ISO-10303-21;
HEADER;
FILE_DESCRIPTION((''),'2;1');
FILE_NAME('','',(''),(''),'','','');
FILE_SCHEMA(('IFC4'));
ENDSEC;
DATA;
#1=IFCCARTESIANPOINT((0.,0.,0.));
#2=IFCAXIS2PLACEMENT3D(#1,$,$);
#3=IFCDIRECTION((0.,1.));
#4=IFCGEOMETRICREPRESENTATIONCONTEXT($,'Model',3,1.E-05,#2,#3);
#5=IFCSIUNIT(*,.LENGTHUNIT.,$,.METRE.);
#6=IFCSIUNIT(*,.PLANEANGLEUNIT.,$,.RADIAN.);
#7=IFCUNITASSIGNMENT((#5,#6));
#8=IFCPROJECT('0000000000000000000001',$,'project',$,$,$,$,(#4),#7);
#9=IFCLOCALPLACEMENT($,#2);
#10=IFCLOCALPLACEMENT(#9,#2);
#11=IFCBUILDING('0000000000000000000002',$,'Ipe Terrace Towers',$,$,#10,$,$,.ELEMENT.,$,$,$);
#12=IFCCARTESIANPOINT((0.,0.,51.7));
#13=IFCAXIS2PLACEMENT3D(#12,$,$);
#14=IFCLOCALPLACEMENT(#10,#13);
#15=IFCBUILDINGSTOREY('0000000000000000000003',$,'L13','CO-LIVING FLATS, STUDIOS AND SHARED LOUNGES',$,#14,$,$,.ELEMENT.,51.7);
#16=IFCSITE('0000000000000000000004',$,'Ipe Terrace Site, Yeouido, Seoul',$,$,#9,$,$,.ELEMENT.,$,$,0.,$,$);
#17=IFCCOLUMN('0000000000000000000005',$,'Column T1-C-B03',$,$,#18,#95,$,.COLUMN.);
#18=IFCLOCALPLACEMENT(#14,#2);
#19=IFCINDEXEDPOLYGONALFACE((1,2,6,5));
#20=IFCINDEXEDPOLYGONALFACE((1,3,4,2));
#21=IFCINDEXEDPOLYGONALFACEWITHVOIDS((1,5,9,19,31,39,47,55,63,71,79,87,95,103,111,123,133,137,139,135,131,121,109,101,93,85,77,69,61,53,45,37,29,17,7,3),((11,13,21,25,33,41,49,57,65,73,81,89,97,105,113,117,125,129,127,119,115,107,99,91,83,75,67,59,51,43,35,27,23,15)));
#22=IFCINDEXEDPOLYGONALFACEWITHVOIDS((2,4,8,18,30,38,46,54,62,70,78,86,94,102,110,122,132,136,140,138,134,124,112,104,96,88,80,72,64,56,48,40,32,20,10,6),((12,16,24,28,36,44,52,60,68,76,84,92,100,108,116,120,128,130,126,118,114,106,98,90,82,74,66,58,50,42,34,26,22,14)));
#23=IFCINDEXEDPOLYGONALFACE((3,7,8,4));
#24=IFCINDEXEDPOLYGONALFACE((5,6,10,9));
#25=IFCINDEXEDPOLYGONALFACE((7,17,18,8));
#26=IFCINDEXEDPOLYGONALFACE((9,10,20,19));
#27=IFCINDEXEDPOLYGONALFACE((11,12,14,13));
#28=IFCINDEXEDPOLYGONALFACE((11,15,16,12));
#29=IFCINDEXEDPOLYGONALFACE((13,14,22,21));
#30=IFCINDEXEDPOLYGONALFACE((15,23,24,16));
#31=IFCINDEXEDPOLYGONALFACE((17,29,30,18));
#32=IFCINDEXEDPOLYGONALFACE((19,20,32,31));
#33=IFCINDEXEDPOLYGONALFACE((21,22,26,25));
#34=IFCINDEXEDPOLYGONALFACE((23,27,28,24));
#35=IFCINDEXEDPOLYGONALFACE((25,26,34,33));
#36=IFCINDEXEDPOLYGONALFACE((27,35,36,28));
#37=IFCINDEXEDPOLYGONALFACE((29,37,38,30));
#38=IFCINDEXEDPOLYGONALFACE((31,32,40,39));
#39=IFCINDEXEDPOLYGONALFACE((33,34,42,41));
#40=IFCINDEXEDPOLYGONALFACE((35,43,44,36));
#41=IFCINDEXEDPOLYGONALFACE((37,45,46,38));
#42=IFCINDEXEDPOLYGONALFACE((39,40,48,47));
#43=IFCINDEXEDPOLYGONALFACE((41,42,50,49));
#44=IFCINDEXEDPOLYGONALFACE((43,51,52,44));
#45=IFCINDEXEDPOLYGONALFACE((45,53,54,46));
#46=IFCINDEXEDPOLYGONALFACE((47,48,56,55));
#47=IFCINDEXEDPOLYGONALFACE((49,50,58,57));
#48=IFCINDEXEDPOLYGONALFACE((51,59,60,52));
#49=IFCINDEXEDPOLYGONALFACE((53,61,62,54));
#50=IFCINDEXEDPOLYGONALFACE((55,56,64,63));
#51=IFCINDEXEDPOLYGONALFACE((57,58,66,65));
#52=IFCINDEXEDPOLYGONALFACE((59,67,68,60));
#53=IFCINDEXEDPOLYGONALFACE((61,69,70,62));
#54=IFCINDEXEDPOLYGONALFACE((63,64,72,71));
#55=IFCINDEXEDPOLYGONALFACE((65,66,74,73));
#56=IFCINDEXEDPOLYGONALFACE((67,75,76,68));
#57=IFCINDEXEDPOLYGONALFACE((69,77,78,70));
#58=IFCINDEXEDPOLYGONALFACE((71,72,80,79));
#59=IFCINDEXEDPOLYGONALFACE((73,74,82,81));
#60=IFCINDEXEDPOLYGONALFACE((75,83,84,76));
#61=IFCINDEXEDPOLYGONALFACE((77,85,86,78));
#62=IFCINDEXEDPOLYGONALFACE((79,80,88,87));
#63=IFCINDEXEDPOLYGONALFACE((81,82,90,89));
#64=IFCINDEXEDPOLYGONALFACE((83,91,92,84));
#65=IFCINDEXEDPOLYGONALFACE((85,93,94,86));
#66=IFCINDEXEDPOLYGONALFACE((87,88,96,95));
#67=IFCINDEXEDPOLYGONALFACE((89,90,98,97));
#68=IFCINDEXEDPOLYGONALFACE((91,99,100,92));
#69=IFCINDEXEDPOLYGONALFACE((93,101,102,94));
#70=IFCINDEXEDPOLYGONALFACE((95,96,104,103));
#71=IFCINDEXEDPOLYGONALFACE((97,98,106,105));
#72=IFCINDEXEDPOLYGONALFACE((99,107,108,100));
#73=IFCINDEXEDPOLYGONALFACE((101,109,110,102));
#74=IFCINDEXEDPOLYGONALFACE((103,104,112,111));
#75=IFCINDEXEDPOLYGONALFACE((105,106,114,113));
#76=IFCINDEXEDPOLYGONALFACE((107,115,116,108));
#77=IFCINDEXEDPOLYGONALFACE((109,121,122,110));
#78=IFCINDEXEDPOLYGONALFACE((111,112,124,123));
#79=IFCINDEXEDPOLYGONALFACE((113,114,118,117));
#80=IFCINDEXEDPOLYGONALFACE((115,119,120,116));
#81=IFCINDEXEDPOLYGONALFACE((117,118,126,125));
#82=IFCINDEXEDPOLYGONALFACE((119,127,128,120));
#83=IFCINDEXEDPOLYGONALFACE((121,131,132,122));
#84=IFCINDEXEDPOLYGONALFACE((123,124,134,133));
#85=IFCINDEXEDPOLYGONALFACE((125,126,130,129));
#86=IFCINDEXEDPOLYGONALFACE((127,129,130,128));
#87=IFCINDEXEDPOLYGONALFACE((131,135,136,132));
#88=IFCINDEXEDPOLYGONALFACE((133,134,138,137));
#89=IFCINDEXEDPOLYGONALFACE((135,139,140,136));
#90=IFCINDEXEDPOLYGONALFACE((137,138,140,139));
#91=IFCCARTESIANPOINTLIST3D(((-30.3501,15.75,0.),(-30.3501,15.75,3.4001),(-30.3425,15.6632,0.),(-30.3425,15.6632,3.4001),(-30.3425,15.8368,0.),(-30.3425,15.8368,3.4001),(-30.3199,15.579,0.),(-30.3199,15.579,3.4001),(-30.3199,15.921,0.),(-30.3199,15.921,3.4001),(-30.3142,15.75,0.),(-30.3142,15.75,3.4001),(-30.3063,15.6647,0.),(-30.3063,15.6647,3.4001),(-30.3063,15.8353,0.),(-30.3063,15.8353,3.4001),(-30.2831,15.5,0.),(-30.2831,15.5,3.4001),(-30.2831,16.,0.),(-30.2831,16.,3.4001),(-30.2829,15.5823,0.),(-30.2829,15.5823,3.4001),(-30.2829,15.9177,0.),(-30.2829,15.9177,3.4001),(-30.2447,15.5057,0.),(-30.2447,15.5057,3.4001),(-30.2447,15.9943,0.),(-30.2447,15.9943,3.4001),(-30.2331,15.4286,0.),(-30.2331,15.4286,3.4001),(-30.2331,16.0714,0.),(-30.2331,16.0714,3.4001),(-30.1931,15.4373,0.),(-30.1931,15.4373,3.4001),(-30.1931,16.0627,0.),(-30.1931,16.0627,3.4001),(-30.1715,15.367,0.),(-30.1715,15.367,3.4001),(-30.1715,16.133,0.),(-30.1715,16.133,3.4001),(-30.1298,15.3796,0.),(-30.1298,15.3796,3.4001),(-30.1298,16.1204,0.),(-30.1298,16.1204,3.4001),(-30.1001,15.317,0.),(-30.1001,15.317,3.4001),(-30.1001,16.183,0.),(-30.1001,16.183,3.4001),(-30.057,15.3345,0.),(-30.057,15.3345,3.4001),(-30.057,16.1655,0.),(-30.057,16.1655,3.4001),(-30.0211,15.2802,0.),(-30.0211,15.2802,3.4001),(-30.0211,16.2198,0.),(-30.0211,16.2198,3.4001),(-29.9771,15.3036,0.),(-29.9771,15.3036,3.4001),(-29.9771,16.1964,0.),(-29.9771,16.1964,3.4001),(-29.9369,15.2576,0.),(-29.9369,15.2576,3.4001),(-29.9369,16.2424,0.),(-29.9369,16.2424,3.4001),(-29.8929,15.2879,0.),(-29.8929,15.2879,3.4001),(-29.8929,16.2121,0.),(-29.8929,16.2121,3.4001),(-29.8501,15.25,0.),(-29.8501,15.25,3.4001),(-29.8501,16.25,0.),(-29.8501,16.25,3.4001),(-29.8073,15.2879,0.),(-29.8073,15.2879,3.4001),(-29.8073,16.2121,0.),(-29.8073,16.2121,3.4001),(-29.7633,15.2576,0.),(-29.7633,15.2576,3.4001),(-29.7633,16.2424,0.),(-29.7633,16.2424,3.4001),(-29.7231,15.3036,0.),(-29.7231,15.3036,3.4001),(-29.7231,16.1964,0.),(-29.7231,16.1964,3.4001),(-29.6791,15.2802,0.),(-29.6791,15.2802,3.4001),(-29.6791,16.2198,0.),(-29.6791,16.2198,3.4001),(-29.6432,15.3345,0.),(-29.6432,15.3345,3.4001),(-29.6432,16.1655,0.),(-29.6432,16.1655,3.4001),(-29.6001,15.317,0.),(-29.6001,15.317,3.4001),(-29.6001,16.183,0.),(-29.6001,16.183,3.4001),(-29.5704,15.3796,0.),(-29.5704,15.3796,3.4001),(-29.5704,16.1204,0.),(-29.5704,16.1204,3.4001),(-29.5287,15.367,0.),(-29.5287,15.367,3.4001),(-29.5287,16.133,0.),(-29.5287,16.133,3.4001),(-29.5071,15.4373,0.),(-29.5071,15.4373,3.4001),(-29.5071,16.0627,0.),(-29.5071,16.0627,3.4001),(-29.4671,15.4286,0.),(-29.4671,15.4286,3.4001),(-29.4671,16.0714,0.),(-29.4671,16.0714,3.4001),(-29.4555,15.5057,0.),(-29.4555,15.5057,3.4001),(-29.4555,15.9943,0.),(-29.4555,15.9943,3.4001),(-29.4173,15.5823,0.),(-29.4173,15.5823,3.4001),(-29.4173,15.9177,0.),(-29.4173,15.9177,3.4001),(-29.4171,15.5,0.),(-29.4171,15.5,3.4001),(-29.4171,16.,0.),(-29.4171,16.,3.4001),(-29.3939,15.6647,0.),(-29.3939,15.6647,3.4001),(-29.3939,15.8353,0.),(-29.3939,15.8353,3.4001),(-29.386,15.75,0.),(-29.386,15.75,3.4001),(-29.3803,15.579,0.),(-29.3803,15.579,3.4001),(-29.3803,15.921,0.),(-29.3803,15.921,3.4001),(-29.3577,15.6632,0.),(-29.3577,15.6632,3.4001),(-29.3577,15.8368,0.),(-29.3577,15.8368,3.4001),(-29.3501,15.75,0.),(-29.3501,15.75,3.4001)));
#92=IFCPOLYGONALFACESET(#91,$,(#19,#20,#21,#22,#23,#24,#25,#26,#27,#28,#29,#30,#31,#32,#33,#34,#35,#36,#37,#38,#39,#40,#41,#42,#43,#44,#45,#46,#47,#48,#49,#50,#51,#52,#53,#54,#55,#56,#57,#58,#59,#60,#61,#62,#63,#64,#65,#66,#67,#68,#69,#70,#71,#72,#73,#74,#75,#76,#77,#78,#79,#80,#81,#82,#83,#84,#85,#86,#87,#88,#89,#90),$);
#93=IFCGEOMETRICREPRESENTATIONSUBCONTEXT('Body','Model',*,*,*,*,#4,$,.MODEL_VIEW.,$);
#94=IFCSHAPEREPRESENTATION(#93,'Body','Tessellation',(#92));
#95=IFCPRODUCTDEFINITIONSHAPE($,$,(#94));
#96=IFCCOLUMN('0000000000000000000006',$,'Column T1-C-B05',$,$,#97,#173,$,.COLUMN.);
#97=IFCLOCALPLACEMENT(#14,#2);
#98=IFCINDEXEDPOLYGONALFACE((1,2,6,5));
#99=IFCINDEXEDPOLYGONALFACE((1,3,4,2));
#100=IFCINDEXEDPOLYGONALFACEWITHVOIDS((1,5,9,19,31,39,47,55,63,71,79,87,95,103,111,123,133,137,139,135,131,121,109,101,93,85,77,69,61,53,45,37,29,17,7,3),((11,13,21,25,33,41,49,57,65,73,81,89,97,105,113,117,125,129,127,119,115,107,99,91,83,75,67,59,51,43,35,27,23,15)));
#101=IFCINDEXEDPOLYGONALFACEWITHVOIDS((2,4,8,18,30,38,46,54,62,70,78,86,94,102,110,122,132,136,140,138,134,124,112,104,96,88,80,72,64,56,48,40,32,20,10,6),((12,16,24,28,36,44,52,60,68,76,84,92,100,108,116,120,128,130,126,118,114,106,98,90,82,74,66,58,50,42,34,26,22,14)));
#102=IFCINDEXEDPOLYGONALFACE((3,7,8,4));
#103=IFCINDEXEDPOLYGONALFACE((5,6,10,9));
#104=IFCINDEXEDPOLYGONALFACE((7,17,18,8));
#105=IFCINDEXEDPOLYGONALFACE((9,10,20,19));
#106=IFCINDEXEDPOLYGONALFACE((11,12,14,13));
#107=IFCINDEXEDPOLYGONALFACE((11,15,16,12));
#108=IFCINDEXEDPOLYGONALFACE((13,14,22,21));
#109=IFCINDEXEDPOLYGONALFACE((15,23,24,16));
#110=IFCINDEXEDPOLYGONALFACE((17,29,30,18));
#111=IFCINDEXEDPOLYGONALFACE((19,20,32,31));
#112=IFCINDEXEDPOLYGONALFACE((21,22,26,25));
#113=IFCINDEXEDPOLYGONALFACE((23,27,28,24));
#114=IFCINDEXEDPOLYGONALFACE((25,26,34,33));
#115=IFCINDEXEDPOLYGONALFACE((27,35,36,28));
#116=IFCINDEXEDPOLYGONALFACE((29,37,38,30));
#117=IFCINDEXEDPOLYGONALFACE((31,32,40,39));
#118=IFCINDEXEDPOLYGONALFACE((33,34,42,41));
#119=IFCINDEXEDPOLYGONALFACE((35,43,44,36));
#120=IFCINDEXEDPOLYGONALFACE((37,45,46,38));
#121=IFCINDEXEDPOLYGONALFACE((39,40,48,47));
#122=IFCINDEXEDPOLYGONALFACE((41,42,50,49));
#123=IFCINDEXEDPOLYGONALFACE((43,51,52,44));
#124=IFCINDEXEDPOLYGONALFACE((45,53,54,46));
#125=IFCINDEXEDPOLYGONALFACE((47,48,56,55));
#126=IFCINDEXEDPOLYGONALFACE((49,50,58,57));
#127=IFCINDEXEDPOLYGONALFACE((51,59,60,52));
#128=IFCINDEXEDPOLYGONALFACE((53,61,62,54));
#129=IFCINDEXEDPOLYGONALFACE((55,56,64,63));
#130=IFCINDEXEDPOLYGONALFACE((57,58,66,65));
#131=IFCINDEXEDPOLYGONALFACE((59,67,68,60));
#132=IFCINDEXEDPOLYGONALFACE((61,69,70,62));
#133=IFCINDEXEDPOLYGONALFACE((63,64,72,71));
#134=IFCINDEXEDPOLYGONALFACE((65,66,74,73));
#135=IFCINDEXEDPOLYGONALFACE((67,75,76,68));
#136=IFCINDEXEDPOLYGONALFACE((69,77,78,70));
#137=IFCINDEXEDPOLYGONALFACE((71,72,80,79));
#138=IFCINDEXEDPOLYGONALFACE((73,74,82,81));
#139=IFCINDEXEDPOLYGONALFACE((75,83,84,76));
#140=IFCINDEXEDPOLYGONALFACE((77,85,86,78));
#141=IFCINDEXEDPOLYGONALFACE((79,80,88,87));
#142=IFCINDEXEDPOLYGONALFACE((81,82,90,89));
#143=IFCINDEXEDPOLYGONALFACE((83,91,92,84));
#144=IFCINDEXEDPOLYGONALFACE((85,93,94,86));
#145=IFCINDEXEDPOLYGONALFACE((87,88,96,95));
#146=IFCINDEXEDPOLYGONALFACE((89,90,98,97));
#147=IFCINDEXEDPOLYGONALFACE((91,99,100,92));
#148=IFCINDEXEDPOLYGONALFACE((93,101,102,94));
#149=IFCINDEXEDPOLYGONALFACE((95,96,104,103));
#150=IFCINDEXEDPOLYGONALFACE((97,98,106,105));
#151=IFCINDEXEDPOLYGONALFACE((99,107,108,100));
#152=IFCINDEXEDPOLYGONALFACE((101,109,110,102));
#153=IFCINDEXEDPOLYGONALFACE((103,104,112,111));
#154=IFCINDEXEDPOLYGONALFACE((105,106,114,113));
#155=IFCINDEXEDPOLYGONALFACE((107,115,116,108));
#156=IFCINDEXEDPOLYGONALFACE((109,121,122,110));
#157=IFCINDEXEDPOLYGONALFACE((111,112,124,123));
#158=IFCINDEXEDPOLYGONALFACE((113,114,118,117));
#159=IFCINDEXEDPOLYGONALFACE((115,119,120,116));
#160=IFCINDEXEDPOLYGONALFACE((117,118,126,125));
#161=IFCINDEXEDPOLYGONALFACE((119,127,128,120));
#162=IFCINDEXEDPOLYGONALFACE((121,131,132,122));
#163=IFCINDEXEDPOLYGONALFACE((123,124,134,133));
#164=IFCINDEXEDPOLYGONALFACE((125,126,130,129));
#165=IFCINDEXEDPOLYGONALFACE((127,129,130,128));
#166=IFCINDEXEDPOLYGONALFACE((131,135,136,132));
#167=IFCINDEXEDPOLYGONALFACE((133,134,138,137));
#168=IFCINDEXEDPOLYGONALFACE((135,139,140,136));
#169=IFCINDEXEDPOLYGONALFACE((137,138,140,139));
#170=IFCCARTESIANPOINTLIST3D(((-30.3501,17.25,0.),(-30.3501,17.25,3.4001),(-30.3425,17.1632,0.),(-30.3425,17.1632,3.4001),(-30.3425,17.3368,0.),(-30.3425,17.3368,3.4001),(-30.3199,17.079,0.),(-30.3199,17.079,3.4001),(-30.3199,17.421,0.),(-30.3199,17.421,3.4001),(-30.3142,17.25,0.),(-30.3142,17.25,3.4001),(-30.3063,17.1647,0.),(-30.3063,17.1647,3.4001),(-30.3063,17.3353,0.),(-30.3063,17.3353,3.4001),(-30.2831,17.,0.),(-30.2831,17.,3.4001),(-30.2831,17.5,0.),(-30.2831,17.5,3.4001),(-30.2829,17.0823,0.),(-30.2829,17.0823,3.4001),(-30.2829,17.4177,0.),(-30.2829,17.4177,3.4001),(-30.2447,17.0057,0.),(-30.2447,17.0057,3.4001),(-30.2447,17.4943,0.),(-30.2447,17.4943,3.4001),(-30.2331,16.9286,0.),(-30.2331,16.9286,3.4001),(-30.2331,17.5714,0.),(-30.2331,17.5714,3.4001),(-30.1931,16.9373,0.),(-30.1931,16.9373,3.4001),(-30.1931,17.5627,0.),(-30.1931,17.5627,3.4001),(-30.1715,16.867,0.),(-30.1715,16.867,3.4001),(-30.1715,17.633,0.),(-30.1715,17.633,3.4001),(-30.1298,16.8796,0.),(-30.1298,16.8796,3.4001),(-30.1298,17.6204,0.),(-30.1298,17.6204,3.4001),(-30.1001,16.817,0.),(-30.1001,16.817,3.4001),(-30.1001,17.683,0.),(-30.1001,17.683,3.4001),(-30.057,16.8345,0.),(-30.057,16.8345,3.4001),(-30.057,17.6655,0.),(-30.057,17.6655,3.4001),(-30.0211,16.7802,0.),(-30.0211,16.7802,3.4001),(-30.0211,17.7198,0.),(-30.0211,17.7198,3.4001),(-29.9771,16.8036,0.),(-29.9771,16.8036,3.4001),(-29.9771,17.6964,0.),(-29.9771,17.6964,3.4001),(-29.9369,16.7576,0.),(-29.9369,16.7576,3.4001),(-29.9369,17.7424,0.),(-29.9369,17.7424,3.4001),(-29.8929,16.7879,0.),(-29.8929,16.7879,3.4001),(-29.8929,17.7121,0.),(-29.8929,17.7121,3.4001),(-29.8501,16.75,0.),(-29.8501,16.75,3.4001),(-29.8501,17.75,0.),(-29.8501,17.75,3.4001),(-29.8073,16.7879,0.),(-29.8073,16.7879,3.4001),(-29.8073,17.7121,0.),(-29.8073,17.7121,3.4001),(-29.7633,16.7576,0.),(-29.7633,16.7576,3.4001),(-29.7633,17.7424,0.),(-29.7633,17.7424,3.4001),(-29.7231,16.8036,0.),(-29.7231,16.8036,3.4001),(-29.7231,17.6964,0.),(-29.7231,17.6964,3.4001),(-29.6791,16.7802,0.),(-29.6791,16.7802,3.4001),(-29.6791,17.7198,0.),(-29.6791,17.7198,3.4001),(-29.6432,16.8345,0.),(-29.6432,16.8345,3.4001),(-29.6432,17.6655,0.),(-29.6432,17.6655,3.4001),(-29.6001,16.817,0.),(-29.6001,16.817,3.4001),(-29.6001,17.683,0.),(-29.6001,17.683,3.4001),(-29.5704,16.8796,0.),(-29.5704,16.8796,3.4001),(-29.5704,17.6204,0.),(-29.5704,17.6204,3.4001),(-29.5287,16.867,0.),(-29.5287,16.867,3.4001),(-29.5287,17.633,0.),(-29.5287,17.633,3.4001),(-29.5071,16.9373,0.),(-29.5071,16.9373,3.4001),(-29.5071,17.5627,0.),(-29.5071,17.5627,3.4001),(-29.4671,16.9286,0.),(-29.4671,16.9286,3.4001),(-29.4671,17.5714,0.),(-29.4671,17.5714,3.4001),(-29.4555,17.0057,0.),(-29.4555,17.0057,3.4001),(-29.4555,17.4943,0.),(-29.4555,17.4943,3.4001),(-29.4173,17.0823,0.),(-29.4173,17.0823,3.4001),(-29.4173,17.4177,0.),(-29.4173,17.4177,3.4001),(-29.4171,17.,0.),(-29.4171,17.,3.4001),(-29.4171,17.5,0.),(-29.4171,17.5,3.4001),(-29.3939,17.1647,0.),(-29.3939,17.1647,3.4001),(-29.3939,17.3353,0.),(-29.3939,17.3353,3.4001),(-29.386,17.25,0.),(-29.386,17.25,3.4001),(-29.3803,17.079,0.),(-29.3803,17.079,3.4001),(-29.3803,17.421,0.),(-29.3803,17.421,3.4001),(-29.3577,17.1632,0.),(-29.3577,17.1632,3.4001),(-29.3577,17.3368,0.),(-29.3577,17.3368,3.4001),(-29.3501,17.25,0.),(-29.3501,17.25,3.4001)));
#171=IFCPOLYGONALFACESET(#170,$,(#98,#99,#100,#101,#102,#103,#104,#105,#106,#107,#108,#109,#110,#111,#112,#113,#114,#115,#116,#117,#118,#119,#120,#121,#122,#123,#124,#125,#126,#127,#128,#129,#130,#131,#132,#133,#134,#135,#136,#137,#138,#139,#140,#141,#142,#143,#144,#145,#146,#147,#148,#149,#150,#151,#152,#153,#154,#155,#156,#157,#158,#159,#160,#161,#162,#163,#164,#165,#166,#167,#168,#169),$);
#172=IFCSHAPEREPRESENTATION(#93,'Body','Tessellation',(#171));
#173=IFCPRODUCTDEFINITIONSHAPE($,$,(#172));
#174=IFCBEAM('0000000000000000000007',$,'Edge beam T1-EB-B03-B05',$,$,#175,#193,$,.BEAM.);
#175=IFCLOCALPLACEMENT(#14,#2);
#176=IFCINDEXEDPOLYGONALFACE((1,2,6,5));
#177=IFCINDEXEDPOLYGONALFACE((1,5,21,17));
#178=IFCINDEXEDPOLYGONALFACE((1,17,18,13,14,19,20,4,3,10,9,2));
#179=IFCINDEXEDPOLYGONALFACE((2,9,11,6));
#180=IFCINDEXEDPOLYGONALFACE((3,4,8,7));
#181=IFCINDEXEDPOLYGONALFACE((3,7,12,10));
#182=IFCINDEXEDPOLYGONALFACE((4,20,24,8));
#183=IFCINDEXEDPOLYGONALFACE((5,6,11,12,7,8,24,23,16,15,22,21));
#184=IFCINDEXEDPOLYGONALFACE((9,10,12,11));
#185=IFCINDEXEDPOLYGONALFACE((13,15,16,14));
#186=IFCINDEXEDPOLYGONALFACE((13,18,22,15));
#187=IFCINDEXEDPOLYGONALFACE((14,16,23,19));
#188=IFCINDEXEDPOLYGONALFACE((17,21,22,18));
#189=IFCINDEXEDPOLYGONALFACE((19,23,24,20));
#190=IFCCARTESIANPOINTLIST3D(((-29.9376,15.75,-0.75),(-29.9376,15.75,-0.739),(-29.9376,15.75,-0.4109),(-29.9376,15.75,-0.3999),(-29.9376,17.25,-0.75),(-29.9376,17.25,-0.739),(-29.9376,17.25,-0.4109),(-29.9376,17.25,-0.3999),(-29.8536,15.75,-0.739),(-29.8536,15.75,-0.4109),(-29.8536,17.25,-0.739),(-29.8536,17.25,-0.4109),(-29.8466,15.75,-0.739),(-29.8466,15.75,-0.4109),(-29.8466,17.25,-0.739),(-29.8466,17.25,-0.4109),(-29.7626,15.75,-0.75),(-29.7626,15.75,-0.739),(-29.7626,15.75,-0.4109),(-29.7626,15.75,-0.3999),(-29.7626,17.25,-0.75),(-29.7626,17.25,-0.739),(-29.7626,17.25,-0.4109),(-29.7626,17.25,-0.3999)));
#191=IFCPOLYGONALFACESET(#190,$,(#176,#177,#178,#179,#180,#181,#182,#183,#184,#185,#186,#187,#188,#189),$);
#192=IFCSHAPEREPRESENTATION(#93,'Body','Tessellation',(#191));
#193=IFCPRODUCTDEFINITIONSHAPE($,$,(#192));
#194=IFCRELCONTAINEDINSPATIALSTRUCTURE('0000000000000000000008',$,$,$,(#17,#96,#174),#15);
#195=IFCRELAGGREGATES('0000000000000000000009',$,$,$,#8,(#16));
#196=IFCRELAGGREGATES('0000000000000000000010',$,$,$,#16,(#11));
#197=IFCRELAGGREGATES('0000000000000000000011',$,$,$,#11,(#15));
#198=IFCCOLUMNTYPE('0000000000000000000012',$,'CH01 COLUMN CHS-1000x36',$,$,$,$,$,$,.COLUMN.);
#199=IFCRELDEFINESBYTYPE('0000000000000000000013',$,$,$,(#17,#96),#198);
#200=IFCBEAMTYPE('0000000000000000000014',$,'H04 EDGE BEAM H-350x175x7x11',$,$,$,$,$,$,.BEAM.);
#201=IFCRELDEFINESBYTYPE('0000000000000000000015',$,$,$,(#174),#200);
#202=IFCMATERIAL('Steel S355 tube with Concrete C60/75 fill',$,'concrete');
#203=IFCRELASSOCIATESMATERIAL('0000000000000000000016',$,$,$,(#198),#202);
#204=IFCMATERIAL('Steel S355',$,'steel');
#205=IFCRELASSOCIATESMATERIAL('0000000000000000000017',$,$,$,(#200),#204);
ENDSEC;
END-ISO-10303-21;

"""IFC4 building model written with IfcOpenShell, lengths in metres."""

from ifc_helpers import new_model, si_unit, direction, frame, origin, origin_2d, place, context, subcontext, project, spatial, hollow_circle, i_section, extrude, material, material_profile, profile_set, type_object, element, save


model = new_model("IFC4")

# Units and contexts
model_context = context("Model", 3, precision=1e-05, world=origin(), true_north=direction((0.0, 1.0)))
body_context = subcontext(model_context, "Body", "Model", "MODEL_VIEW")
ifc_project = project(units=[si_unit("LENGTHUNIT", "METRE"), si_unit("PLANEANGLEUNIT", "RADIAN")], contexts=[model_context])

# Site, building, storey
site_placement = place(None, origin())
site = spatial("IfcSite", under=ifc_project, at=site_placement, Name="Ipe Terrace Site, Yeouido, Seoul", CompositionType="ELEMENT", RefElevation=0.0)
building_placement = place(site_placement, origin())
building = spatial("IfcBuilding", under=site, at=building_placement, Name="Ipe Terrace Towers", CompositionType="ELEMENT")
storey_placement = place(building_placement, frame((0.0, 0.0, 51.7)))
storey = spatial("IfcBuildingStorey", under=building, at=storey_placement, Name="L13", Description="CO-LIVING FLATS, STUDIOS AND SHARED LOUNGES", CompositionType="ELEMENT", Elevation=51.7)

# Columns
ifc_material_1 = material(Name="Steel S355 tube with Concrete C60/75 fill", Category="concrete")
ifc_material_profile_1 = material_profile(ifc_material_1, hollow_circle(Radius=0.5, WallThickness=0.0359, at=origin_2d()), Name="CHS-1000x36")
ifc_profile_set_1 = profile_set([ifc_material_profile_1], Name="Steel S355 tube with Concrete C60/75 fill")
column_type = type_object("IfcColumnType", Name="CH01 COLUMN CHS-1000x36", PredefinedType="COLUMN", material=ifc_profile_set_1)
for number, where, z_axis, x_axis, name in (
    (1, (-29.8501, 15.75, 0.0), (0.0, 0.0, 1.0), (1.0, 0.0, 0.0), "Column T1-C-B03"),
    (2, (-29.8501, 17.25, 0.0), (0.0, 0.0, 1.0), (1.0, 0.0, 0.0), "Column T1-C-B05"),
):
    element("IfcColumn", number, at=place(storey_placement, frame(where, z_axis=z_axis, x_axis=x_axis)), inside=storey, type_object=column_type, Name=name, PredefinedType="COLUMN", context=body_context, shape_type="SweptSolid", body=[
        extrude(hollow_circle(Radius=0.5, WallThickness=0.0359, at=origin_2d()), origin(), (0.0, 0.0, 1.0), 3.4001),
    ])

# Beam
ifc_material_2 = material(Name="Steel S355", Category="steel")
ifc_material_profile_2 = material_profile(ifc_material_2, i_section(OverallWidth=0.175, OverallDepth=0.3501, WebThickness=0.0071, FlangeThickness=0.011, at=origin_2d()), Name="H-350x175x7x11")
ifc_profile_set_2 = profile_set([ifc_material_profile_2], Name="Steel S355")
beam_type = type_object("IfcBeamType", Name="H04 EDGE BEAM H-350x175x7x11", PredefinedType="BEAM", material=ifc_profile_set_2)
beam_placement = place(storey_placement, frame((-29.8501, 15.75, -0.575), z_axis=(0.0, 1.0, 0.0), x_axis=(-1.0, 0.0, 0.0)))
element("IfcBeam", 3, at=beam_placement, inside=storey, type_object=beam_type, Name="Edge beam T1-EB-B03-B05", PredefinedType="BEAM", context=body_context, shape_type="SweptSolid", body=[
    extrude(i_section(OverallWidth=0.175, OverallDepth=0.3501, WebThickness=0.0071, FlangeThickness=0.011, at=origin_2d()), origin(), (0.0, 0.0, 1.0), 1.5),
])

save(model, "model.ifc")
